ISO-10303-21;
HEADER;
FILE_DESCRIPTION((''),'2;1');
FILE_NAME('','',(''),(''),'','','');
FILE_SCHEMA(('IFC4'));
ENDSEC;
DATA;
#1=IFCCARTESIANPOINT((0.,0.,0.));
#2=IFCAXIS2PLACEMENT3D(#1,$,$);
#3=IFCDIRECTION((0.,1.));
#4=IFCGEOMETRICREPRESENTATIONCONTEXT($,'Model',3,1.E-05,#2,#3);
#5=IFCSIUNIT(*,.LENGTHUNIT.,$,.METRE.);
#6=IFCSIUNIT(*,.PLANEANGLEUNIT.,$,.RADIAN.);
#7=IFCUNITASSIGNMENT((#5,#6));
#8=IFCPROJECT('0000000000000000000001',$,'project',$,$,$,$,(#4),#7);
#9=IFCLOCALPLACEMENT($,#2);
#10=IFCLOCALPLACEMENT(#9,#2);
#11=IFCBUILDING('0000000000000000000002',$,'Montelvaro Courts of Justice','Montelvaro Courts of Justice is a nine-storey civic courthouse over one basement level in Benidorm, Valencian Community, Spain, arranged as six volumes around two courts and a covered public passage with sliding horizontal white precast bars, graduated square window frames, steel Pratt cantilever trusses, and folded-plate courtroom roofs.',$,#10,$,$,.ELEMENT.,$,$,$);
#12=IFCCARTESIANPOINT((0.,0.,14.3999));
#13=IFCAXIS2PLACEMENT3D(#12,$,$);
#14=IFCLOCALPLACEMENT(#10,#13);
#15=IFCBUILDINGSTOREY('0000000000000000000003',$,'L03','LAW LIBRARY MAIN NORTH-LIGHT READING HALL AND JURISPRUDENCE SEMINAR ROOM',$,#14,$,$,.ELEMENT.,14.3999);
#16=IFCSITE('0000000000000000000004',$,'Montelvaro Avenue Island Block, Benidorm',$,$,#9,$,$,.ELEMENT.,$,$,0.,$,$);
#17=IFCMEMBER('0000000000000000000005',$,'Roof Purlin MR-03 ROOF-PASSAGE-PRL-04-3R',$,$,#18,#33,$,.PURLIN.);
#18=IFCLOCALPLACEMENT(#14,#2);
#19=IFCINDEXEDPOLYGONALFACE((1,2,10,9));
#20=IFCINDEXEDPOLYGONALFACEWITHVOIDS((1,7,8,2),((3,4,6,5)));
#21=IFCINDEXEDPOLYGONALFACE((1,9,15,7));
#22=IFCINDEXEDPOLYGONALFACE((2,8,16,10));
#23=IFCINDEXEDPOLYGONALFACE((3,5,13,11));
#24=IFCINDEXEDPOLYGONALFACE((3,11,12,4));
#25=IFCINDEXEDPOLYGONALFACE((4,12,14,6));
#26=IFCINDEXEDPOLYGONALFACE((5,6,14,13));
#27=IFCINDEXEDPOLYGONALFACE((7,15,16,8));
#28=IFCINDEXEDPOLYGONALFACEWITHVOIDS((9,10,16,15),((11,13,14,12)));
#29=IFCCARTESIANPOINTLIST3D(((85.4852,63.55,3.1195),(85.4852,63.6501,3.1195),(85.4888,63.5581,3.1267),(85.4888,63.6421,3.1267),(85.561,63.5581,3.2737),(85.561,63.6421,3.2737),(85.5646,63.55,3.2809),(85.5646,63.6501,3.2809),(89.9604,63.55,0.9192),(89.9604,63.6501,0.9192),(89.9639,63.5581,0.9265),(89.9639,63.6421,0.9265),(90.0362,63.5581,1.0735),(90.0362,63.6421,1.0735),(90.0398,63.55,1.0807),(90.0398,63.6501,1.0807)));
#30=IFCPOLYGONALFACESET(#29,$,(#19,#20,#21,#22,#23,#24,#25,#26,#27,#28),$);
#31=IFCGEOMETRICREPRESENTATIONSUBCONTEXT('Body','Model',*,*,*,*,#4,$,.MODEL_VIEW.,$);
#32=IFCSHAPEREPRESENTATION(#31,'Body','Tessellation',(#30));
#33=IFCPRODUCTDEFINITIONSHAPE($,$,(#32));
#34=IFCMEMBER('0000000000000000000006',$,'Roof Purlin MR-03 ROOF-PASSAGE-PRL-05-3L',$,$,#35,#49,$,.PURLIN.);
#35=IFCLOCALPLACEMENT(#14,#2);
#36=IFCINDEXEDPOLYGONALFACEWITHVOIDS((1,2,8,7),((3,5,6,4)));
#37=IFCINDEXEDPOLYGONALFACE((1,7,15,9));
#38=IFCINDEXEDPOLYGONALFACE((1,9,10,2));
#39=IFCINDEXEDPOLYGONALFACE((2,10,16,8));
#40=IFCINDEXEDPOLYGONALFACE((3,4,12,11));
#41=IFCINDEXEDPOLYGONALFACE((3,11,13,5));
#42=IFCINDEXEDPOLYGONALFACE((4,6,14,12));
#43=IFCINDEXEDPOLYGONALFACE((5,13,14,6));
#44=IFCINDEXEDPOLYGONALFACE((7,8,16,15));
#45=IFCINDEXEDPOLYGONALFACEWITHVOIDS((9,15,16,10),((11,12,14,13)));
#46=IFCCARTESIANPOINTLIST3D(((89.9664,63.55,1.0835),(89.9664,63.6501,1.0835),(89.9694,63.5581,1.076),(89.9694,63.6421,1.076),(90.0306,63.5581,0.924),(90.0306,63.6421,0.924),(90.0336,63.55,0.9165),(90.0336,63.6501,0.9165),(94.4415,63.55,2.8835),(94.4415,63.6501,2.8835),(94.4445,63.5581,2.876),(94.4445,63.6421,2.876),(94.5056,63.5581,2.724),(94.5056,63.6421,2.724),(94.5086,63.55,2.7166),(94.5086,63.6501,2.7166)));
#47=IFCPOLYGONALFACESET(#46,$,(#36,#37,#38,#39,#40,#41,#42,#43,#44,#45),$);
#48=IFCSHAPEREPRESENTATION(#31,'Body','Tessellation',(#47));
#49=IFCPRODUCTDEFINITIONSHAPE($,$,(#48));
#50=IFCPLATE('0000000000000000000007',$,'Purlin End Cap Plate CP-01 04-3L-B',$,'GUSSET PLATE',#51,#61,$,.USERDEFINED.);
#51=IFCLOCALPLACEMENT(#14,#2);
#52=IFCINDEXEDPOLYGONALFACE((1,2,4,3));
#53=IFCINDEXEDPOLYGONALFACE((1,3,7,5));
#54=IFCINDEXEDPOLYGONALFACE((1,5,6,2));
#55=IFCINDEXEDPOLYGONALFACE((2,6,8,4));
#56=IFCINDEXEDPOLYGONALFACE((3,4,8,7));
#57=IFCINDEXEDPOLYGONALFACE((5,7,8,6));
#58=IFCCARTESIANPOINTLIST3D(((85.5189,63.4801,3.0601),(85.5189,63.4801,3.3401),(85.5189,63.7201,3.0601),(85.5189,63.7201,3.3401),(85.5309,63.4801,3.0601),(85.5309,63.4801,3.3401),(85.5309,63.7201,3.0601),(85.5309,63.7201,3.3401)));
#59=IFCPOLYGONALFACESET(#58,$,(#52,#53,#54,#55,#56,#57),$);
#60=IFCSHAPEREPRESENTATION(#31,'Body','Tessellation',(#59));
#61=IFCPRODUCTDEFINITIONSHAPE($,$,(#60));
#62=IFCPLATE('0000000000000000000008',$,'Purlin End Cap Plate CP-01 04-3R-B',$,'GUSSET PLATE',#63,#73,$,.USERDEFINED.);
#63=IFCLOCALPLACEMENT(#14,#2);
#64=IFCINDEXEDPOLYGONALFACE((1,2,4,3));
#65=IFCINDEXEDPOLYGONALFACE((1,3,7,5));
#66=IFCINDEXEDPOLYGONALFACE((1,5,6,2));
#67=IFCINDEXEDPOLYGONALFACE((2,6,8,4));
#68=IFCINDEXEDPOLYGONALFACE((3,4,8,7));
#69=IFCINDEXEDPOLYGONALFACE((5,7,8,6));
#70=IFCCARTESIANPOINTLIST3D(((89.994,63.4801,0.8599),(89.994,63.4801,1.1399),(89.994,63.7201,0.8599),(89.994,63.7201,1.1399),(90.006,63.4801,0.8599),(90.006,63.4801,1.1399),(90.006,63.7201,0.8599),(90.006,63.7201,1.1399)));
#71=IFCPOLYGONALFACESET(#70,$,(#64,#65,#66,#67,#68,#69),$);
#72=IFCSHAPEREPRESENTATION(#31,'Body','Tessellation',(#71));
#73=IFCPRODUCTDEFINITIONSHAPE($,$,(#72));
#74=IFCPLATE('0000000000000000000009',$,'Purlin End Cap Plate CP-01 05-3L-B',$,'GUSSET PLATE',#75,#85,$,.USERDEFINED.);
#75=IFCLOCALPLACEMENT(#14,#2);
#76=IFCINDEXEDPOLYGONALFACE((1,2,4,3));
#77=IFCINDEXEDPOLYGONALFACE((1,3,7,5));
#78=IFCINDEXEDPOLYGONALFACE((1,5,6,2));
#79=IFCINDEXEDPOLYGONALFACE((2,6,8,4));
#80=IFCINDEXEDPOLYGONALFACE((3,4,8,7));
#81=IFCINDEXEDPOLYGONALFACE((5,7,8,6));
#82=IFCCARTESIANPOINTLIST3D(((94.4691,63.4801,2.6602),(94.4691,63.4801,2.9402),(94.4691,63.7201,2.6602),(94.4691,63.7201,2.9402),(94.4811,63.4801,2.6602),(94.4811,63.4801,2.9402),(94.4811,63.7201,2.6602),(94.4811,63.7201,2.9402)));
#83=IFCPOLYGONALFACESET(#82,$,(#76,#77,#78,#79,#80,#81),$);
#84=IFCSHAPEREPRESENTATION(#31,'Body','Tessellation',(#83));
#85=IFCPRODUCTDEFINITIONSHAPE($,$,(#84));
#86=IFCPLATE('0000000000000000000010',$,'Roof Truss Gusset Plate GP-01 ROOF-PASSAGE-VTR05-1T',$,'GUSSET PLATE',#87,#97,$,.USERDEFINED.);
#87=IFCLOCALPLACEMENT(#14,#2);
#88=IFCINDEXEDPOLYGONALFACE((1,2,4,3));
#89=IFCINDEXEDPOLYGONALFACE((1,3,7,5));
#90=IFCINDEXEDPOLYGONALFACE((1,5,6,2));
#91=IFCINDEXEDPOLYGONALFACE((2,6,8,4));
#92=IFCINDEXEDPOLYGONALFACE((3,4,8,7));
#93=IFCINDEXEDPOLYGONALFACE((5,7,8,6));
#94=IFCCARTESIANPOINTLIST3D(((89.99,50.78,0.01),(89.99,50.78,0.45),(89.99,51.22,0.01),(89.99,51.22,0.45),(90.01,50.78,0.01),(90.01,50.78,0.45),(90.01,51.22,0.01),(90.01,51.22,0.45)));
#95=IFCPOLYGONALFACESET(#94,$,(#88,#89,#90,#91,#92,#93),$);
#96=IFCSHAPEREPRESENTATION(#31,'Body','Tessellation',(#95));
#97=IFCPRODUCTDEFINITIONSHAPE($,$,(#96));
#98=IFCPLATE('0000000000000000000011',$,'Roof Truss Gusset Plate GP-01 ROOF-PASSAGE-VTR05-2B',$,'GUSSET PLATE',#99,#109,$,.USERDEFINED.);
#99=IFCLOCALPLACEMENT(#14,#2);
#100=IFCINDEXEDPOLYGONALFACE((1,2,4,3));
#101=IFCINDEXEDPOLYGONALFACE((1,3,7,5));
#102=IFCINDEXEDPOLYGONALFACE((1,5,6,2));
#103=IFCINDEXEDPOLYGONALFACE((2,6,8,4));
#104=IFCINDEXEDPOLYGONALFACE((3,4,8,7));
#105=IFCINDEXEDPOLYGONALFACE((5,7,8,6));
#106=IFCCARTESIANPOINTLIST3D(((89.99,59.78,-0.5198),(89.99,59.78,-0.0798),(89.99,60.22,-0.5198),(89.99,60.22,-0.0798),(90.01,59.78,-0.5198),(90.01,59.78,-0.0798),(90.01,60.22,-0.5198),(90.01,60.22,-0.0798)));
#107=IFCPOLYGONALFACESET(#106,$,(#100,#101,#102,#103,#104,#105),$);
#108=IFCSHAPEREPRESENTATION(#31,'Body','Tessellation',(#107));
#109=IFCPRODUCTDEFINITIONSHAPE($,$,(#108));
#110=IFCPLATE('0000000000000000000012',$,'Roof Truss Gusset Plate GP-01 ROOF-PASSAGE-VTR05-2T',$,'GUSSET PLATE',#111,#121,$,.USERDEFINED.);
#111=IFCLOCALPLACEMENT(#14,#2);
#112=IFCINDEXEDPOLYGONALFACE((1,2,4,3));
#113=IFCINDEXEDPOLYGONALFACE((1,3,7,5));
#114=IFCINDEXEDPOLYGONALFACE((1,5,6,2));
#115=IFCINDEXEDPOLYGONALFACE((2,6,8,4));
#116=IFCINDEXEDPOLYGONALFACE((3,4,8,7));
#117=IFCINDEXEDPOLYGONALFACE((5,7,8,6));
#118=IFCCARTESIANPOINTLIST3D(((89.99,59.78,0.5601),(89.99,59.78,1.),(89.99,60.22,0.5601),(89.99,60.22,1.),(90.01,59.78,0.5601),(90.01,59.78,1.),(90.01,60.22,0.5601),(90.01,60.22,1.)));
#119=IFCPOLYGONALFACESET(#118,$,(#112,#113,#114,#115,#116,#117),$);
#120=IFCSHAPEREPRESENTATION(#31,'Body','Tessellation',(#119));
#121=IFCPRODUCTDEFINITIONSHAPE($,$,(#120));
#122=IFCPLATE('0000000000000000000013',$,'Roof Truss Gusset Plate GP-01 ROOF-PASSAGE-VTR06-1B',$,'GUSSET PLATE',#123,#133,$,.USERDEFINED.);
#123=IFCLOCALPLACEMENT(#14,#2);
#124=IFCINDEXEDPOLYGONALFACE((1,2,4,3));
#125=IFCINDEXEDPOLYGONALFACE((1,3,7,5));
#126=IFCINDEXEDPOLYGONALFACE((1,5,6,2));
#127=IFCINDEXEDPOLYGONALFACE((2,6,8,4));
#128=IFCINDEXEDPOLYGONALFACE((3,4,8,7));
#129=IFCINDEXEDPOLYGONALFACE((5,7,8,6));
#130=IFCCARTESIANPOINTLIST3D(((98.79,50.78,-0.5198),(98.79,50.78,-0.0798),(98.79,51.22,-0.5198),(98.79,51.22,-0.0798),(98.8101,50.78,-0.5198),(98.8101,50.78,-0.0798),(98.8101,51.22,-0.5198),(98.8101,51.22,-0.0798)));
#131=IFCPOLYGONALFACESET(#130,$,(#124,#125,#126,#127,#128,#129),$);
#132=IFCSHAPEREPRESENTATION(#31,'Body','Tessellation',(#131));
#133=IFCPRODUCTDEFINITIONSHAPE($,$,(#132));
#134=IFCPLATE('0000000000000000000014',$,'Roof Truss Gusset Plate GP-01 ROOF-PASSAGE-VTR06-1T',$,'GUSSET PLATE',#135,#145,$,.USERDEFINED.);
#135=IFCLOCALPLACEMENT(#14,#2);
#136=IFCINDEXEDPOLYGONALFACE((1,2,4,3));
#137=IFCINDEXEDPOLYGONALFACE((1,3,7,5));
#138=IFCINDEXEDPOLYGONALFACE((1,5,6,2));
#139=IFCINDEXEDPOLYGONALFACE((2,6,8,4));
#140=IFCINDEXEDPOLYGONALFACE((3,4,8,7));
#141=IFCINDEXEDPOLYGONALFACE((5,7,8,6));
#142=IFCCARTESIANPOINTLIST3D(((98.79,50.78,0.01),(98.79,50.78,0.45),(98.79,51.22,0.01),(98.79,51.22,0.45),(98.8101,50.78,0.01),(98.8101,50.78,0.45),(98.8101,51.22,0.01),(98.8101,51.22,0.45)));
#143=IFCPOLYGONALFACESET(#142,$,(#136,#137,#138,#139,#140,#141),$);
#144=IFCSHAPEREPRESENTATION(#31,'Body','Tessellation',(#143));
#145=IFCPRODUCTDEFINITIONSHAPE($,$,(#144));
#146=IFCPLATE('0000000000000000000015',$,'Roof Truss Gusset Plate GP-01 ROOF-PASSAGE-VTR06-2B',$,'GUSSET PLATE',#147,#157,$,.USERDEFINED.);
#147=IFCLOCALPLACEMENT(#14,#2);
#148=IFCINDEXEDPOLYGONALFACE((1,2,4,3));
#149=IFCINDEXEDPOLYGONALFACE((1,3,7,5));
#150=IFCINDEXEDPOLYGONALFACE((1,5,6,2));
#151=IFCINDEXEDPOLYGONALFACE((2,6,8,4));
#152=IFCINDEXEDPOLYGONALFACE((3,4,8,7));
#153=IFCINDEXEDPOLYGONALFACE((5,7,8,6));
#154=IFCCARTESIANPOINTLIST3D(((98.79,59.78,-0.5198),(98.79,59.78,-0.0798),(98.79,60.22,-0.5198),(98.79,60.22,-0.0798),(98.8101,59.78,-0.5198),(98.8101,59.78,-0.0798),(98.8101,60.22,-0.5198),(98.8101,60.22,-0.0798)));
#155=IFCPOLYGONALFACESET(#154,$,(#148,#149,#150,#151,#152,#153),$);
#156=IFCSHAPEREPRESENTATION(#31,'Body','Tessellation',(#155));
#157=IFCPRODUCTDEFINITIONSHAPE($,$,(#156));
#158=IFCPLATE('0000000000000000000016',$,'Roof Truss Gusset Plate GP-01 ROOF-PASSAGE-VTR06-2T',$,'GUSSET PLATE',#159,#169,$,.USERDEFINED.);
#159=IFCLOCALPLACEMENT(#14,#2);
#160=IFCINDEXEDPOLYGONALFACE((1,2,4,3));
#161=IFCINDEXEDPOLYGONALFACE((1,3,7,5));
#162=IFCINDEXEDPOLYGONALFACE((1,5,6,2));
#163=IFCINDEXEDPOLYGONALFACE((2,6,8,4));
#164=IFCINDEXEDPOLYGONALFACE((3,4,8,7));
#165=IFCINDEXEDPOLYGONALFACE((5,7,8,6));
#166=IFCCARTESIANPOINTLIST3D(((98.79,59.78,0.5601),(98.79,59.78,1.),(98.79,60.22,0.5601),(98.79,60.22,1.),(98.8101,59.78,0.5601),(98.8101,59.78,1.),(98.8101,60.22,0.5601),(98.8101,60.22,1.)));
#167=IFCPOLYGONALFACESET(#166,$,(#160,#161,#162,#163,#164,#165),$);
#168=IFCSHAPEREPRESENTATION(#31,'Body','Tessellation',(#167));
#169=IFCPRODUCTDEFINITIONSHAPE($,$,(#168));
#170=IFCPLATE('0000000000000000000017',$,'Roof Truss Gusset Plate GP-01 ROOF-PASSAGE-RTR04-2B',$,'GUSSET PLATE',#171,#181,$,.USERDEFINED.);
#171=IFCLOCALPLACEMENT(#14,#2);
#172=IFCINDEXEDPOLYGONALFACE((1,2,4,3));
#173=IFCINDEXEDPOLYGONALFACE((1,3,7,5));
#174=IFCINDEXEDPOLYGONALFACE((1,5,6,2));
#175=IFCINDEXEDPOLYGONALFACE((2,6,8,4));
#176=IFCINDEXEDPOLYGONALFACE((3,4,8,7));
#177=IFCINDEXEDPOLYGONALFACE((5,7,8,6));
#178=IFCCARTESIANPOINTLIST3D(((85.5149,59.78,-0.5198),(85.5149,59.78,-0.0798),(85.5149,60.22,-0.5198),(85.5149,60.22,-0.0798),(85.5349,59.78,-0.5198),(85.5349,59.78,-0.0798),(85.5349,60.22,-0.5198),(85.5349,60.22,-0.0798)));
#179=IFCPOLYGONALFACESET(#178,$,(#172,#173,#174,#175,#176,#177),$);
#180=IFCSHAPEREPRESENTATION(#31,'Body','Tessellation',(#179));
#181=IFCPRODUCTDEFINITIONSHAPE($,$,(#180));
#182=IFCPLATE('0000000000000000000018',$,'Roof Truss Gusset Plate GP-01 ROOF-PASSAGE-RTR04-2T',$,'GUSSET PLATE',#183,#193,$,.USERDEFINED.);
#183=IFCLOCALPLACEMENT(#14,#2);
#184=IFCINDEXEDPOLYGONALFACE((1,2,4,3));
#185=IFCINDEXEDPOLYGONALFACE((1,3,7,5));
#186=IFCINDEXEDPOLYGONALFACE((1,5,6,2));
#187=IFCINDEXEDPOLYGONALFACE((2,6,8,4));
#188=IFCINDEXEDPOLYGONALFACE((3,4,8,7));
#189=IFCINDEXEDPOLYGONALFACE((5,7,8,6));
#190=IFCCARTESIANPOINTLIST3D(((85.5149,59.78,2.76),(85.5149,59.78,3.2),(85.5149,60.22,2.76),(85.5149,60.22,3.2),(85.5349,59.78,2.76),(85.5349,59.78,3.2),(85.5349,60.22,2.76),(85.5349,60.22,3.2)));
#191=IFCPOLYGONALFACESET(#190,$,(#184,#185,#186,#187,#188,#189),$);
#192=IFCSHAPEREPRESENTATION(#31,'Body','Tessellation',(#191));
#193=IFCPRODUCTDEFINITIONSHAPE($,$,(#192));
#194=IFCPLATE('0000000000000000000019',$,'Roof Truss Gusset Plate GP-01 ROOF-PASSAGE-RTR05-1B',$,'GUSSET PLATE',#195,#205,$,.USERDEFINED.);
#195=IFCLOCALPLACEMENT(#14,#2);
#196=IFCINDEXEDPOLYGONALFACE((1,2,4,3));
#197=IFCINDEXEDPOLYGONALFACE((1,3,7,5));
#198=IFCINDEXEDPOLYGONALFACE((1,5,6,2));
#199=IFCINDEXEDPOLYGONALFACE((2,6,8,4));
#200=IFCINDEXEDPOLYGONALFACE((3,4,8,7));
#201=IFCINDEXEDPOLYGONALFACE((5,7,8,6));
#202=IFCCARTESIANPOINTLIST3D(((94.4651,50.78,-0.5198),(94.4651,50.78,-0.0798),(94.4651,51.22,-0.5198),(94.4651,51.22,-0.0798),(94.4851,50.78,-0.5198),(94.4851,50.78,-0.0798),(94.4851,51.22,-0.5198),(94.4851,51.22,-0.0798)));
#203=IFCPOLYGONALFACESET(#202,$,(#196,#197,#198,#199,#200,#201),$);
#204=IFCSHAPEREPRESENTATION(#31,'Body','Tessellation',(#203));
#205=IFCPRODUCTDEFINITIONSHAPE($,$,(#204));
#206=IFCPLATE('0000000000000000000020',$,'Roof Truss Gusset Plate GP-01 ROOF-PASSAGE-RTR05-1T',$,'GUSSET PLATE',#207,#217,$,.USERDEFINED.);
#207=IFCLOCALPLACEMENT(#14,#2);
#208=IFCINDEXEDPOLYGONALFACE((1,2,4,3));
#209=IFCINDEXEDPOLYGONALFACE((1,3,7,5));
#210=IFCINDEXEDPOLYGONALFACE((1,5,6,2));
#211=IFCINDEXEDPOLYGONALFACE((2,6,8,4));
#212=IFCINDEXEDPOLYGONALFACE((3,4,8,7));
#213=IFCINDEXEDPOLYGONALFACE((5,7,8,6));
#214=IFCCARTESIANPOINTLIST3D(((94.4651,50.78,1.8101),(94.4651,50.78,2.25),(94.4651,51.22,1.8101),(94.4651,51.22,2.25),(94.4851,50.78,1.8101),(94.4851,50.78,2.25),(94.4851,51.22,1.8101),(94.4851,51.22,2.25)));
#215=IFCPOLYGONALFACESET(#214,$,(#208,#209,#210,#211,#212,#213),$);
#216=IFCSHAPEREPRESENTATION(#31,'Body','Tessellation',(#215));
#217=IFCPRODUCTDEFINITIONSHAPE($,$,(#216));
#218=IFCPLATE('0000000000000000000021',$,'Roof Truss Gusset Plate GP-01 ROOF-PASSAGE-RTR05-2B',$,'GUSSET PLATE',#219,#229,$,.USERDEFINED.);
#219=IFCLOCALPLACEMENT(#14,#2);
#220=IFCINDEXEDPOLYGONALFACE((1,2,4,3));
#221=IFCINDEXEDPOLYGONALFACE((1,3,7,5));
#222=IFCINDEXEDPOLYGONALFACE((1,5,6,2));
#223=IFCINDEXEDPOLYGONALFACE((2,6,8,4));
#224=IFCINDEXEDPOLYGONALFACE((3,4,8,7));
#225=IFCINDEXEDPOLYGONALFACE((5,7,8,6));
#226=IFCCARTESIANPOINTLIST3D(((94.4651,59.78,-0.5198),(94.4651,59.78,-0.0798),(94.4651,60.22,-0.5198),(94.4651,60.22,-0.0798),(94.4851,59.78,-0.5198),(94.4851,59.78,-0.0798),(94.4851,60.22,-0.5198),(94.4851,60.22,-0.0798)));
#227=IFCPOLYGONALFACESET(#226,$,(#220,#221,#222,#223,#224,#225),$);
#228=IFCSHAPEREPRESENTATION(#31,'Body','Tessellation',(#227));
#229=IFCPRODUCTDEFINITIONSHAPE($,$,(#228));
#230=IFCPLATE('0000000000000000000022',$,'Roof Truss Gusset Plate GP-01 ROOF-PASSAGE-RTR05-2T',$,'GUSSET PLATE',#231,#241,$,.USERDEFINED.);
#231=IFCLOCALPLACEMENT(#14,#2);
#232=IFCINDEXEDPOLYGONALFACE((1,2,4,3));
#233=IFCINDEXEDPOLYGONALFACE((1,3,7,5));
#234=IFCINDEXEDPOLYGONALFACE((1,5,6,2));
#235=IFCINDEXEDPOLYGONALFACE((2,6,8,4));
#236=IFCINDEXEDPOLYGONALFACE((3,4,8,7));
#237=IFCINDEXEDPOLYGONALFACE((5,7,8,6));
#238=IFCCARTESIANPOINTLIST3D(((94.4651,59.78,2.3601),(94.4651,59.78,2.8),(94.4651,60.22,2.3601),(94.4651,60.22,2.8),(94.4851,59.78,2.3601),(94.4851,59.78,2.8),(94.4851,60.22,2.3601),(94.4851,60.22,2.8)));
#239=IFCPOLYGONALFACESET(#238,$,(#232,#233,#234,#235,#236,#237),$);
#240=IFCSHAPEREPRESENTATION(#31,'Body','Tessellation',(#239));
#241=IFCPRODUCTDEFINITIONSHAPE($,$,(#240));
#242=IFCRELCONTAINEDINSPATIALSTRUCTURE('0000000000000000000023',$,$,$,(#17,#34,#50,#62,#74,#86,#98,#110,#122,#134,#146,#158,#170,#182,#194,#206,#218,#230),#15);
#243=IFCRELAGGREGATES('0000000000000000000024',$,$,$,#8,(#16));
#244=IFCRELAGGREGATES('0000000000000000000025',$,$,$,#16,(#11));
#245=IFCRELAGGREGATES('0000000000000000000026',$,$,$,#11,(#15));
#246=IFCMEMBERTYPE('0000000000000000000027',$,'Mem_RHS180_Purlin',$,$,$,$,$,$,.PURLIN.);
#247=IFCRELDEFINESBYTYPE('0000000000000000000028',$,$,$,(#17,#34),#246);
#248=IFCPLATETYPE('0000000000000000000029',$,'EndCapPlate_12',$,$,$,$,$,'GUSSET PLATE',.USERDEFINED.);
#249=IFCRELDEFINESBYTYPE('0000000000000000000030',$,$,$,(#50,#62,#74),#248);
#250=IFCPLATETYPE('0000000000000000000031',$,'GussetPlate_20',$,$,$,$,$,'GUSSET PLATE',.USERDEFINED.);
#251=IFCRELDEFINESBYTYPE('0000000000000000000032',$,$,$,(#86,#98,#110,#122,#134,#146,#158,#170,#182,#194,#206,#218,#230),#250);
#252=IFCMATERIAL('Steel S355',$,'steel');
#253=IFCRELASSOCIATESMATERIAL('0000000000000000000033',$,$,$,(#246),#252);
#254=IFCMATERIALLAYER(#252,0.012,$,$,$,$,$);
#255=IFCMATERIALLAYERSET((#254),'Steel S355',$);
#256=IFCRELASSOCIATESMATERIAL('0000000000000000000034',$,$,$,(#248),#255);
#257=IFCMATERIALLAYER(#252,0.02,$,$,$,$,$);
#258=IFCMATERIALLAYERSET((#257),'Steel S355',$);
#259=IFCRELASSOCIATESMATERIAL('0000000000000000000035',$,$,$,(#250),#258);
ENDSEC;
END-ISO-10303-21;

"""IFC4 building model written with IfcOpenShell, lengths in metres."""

from ifc_helpers import new_model, si_unit, direction, frame, origin, origin_2d, place, context, subcontext, project, spatial, rectangle, hollow_rectangle, extrude, material, layer, layer_set, material_profile, profile_set, type_object, element, save


model = new_model("IFC4")

# Units and contexts
model_context = context("Model", 3, precision=1e-05, world=origin(), true_north=direction((0.0, 1.0)))
body_context = subcontext(model_context, "Body", "Model", "MODEL_VIEW")
ifc_project = project(units=[si_unit("LENGTHUNIT", "METRE"), si_unit("PLANEANGLEUNIT", "RADIAN")], contexts=[model_context])

# Site, building, storey
site_placement = place(None, origin())
site = spatial("IfcSite", under=ifc_project, at=site_placement, Name="Montelvaro Avenue Island Block, Benidorm", CompositionType="ELEMENT", RefElevation=0.0)
building_placement = place(site_placement, origin())
building = spatial("IfcBuilding", under=site, at=building_placement, Name="Montelvaro Courts of Justice", Description="Montelvaro Courts of Justice is a nine-storey civic courthouse over one basement level in Benidorm, Valencian Community, Spain, arranged as six volumes around two courts and a covered public passage with sliding horizontal white precast bars, graduated square window frames, steel Pratt cantilever trusses, and folded-plate courtroom roofs.", CompositionType="ELEMENT")
storey_placement = place(building_placement, frame((0.0, 0.0, 14.3999)))
storey = spatial("IfcBuildingStorey", under=building, at=storey_placement, Name="L03", Description="LAW LIBRARY MAIN NORTH-LIGHT READING HALL AND JURISPRUDENCE SEMINAR ROOM", CompositionType="ELEMENT", Elevation=14.3999)

# Members
ifc_material = material(Name="Steel S355", Category="steel")
ifc_material_profile_1 = material_profile(ifc_material, hollow_rectangle(XDim=0.1001, YDim=0.1799, WallThickness=0.0081, at=origin_2d()), Name="RHS 180x100x8")
ifc_profile_set_1 = profile_set([ifc_material_profile_1], Name="Steel S355")
member_type_1 = type_object("IfcMemberType", Name="Mem_RHS180_Purlin", PredefinedType="PURLIN", material=ifc_profile_set_1)
member_1_placement = place(storey_placement, frame((85.5249, 63.6001, 3.2002), z_axis=(0.897403, 0.0, -0.441211), x_axis=(0.0, 1.0, 0.0)))
element("IfcMember", 1, at=member_1_placement, inside=storey, type_object=member_type_1, Name="Roof Purlin MR-03 ROOF-PASSAGE-PRL-04-3R", PredefinedType="PURLIN", context=body_context, shape_type="SweptSolid", body=[
    extrude(hollow_rectangle(XDim=0.1001, YDim=0.1799, WallThickness=0.0081, at=origin_2d()), origin(), (0.0, 0.0, 1.0), 4.9868),
])
member_2_placement = place(storey_placement, frame((90.0, 63.6001, 1.0), z_axis=(0.927759, 0.0, 0.373179), x_axis=(0.0, 1.0, 0.0)))
element("IfcMember", 2, at=member_2_placement, inside=storey, type_object=member_type_1, Name="Roof Purlin MR-03 ROOF-PASSAGE-PRL-05-3L", PredefinedType="PURLIN", context=body_context, shape_type="SweptSolid", body=[
    extrude(hollow_rectangle(XDim=0.1001, YDim=0.1799, WallThickness=0.0081, at=origin_2d()), origin(), (0.0, 0.0, 1.0), 4.8235),
])

# Plates
ifc_layer_1 = layer(ifc_material, 0.012)
ifc_layer_set_1 = layer_set([ifc_layer_1], Name="Steel S355")
plate_type_1 = type_object("IfcPlateType", Name="EndCapPlate_12", ElementType="GUSSET PLATE", PredefinedType="USERDEFINED", material=ifc_layer_set_1)
for number, where, z_axis, x_axis, name in (
    (3, (85.5249, 63.6001, 3.0601), (0.0, 0.0, 1.0), (1.0, 0.0, 0.0), "Purlin End Cap Plate CP-01 04-3L-B"),
    (4, (90.0, 63.6001, 0.8599), (0.0, 0.0, 1.0), (1.0, 0.0, 0.0), "Purlin End Cap Plate CP-01 04-3R-B"),
    (5, (94.4751, 63.6001, 2.6602), (0.0, 0.0, 1.0), (1.0, 0.0, 0.0), "Purlin End Cap Plate CP-01 05-3L-B"),
):
    element("IfcPlate", number, at=place(storey_placement, frame(where, z_axis=z_axis, x_axis=x_axis)), inside=storey, type_object=plate_type_1, Name=name, ObjectType="GUSSET PLATE", PredefinedType="USERDEFINED", context=body_context, shape_type="SweptSolid", body=[
        extrude(rectangle(XDim=0.012, YDim=0.24, at=origin_2d()), origin(), (0.0, 0.0, 1.0), 0.28),
    ])
ifc_layer_2 = layer(ifc_material, 0.02)
ifc_layer_set_2 = layer_set([ifc_layer_2], Name="Steel S355")
plate_type_2 = type_object("IfcPlateType", Name="GussetPlate_20", ElementType="GUSSET PLATE", PredefinedType="USERDEFINED", material=ifc_layer_set_2)
for number, where, z_axis, x_axis, name in (
    (6, (90.0, 51.0, 0.01), (0.0, 0.0, 1.0), (1.0, 0.0, 0.0), "Roof Truss Gusset Plate GP-01 ROOF-PASSAGE-VTR05-1T"),
    (7, (90.0, 60.0, -0.5198), (0.0, 0.0, 1.0), (1.0, 0.0, 0.0), "Roof Truss Gusset Plate GP-01 ROOF-PASSAGE-VTR05-2B"),
    (8, (90.0, 60.0, 0.5601), (0.0, 0.0, 1.0), (1.0, 0.0, 0.0), "Roof Truss Gusset Plate GP-01 ROOF-PASSAGE-VTR05-2T"),
    (9, (98.8, 51.0, -0.5198), (0.0, 0.0, 1.0), (1.0, 0.0, 0.0), "Roof Truss Gusset Plate GP-01 ROOF-PASSAGE-VTR06-1B"),
    (10, (98.8, 51.0, 0.01), (0.0, 0.0, 1.0), (1.0, 0.0, 0.0), "Roof Truss Gusset Plate GP-01 ROOF-PASSAGE-VTR06-1T"),
    (11, (98.8, 60.0, -0.5198), (0.0, 0.0, 1.0), (1.0, 0.0, 0.0), "Roof Truss Gusset Plate GP-01 ROOF-PASSAGE-VTR06-2B"),
    (12, (98.8, 60.0, 0.5601), (0.0, 0.0, 1.0), (1.0, 0.0, 0.0), "Roof Truss Gusset Plate GP-01 ROOF-PASSAGE-VTR06-2T"),
    (13, (85.5249, 60.0, -0.5198), (0.0, 0.0, 1.0), (1.0, 0.0, 0.0), "Roof Truss Gusset Plate GP-01 ROOF-PASSAGE-RTR04-2B"),
    (14, (85.5249, 60.0, 2.76), (0.0, 0.0, 1.0), (1.0, 0.0, 0.0), "Roof Truss Gusset Plate GP-01 ROOF-PASSAGE-RTR04-2T"),
    (15, (94.4751, 51.0, -0.5198), (0.0, 0.0, 1.0), (1.0, 0.0, 0.0), "Roof Truss Gusset Plate GP-01 ROOF-PASSAGE-RTR05-1B"),
    (16, (94.4751, 51.0, 1.8101), (0.0, 0.0, 1.0), (1.0, 0.0, 0.0), "Roof Truss Gusset Plate GP-01 ROOF-PASSAGE-RTR05-1T"),
    (17, (94.4751, 60.0, -0.5198), (0.0, 0.0, 1.0), (1.0, 0.0, 0.0), "Roof Truss Gusset Plate GP-01 ROOF-PASSAGE-RTR05-2B"),
    (18, (94.4751, 60.0, 2.3601), (0.0, 0.0, 1.0), (1.0, 0.0, 0.0), "Roof Truss Gusset Plate GP-01 ROOF-PASSAGE-RTR05-2T"),
):
    element("IfcPlate", number, at=place(storey_placement, frame(where, z_axis=z_axis, x_axis=x_axis)), inside=storey, type_object=plate_type_2, Name=name, ObjectType="GUSSET PLATE", PredefinedType="USERDEFINED", context=body_context, shape_type="SweptSolid", body=[
        extrude(rectangle(XDim=0.02, YDim=0.4399, at=origin_2d()), origin(), (0.0, 0.0, 1.0), 0.4399),
    ])

save(model, "model.ifc")
